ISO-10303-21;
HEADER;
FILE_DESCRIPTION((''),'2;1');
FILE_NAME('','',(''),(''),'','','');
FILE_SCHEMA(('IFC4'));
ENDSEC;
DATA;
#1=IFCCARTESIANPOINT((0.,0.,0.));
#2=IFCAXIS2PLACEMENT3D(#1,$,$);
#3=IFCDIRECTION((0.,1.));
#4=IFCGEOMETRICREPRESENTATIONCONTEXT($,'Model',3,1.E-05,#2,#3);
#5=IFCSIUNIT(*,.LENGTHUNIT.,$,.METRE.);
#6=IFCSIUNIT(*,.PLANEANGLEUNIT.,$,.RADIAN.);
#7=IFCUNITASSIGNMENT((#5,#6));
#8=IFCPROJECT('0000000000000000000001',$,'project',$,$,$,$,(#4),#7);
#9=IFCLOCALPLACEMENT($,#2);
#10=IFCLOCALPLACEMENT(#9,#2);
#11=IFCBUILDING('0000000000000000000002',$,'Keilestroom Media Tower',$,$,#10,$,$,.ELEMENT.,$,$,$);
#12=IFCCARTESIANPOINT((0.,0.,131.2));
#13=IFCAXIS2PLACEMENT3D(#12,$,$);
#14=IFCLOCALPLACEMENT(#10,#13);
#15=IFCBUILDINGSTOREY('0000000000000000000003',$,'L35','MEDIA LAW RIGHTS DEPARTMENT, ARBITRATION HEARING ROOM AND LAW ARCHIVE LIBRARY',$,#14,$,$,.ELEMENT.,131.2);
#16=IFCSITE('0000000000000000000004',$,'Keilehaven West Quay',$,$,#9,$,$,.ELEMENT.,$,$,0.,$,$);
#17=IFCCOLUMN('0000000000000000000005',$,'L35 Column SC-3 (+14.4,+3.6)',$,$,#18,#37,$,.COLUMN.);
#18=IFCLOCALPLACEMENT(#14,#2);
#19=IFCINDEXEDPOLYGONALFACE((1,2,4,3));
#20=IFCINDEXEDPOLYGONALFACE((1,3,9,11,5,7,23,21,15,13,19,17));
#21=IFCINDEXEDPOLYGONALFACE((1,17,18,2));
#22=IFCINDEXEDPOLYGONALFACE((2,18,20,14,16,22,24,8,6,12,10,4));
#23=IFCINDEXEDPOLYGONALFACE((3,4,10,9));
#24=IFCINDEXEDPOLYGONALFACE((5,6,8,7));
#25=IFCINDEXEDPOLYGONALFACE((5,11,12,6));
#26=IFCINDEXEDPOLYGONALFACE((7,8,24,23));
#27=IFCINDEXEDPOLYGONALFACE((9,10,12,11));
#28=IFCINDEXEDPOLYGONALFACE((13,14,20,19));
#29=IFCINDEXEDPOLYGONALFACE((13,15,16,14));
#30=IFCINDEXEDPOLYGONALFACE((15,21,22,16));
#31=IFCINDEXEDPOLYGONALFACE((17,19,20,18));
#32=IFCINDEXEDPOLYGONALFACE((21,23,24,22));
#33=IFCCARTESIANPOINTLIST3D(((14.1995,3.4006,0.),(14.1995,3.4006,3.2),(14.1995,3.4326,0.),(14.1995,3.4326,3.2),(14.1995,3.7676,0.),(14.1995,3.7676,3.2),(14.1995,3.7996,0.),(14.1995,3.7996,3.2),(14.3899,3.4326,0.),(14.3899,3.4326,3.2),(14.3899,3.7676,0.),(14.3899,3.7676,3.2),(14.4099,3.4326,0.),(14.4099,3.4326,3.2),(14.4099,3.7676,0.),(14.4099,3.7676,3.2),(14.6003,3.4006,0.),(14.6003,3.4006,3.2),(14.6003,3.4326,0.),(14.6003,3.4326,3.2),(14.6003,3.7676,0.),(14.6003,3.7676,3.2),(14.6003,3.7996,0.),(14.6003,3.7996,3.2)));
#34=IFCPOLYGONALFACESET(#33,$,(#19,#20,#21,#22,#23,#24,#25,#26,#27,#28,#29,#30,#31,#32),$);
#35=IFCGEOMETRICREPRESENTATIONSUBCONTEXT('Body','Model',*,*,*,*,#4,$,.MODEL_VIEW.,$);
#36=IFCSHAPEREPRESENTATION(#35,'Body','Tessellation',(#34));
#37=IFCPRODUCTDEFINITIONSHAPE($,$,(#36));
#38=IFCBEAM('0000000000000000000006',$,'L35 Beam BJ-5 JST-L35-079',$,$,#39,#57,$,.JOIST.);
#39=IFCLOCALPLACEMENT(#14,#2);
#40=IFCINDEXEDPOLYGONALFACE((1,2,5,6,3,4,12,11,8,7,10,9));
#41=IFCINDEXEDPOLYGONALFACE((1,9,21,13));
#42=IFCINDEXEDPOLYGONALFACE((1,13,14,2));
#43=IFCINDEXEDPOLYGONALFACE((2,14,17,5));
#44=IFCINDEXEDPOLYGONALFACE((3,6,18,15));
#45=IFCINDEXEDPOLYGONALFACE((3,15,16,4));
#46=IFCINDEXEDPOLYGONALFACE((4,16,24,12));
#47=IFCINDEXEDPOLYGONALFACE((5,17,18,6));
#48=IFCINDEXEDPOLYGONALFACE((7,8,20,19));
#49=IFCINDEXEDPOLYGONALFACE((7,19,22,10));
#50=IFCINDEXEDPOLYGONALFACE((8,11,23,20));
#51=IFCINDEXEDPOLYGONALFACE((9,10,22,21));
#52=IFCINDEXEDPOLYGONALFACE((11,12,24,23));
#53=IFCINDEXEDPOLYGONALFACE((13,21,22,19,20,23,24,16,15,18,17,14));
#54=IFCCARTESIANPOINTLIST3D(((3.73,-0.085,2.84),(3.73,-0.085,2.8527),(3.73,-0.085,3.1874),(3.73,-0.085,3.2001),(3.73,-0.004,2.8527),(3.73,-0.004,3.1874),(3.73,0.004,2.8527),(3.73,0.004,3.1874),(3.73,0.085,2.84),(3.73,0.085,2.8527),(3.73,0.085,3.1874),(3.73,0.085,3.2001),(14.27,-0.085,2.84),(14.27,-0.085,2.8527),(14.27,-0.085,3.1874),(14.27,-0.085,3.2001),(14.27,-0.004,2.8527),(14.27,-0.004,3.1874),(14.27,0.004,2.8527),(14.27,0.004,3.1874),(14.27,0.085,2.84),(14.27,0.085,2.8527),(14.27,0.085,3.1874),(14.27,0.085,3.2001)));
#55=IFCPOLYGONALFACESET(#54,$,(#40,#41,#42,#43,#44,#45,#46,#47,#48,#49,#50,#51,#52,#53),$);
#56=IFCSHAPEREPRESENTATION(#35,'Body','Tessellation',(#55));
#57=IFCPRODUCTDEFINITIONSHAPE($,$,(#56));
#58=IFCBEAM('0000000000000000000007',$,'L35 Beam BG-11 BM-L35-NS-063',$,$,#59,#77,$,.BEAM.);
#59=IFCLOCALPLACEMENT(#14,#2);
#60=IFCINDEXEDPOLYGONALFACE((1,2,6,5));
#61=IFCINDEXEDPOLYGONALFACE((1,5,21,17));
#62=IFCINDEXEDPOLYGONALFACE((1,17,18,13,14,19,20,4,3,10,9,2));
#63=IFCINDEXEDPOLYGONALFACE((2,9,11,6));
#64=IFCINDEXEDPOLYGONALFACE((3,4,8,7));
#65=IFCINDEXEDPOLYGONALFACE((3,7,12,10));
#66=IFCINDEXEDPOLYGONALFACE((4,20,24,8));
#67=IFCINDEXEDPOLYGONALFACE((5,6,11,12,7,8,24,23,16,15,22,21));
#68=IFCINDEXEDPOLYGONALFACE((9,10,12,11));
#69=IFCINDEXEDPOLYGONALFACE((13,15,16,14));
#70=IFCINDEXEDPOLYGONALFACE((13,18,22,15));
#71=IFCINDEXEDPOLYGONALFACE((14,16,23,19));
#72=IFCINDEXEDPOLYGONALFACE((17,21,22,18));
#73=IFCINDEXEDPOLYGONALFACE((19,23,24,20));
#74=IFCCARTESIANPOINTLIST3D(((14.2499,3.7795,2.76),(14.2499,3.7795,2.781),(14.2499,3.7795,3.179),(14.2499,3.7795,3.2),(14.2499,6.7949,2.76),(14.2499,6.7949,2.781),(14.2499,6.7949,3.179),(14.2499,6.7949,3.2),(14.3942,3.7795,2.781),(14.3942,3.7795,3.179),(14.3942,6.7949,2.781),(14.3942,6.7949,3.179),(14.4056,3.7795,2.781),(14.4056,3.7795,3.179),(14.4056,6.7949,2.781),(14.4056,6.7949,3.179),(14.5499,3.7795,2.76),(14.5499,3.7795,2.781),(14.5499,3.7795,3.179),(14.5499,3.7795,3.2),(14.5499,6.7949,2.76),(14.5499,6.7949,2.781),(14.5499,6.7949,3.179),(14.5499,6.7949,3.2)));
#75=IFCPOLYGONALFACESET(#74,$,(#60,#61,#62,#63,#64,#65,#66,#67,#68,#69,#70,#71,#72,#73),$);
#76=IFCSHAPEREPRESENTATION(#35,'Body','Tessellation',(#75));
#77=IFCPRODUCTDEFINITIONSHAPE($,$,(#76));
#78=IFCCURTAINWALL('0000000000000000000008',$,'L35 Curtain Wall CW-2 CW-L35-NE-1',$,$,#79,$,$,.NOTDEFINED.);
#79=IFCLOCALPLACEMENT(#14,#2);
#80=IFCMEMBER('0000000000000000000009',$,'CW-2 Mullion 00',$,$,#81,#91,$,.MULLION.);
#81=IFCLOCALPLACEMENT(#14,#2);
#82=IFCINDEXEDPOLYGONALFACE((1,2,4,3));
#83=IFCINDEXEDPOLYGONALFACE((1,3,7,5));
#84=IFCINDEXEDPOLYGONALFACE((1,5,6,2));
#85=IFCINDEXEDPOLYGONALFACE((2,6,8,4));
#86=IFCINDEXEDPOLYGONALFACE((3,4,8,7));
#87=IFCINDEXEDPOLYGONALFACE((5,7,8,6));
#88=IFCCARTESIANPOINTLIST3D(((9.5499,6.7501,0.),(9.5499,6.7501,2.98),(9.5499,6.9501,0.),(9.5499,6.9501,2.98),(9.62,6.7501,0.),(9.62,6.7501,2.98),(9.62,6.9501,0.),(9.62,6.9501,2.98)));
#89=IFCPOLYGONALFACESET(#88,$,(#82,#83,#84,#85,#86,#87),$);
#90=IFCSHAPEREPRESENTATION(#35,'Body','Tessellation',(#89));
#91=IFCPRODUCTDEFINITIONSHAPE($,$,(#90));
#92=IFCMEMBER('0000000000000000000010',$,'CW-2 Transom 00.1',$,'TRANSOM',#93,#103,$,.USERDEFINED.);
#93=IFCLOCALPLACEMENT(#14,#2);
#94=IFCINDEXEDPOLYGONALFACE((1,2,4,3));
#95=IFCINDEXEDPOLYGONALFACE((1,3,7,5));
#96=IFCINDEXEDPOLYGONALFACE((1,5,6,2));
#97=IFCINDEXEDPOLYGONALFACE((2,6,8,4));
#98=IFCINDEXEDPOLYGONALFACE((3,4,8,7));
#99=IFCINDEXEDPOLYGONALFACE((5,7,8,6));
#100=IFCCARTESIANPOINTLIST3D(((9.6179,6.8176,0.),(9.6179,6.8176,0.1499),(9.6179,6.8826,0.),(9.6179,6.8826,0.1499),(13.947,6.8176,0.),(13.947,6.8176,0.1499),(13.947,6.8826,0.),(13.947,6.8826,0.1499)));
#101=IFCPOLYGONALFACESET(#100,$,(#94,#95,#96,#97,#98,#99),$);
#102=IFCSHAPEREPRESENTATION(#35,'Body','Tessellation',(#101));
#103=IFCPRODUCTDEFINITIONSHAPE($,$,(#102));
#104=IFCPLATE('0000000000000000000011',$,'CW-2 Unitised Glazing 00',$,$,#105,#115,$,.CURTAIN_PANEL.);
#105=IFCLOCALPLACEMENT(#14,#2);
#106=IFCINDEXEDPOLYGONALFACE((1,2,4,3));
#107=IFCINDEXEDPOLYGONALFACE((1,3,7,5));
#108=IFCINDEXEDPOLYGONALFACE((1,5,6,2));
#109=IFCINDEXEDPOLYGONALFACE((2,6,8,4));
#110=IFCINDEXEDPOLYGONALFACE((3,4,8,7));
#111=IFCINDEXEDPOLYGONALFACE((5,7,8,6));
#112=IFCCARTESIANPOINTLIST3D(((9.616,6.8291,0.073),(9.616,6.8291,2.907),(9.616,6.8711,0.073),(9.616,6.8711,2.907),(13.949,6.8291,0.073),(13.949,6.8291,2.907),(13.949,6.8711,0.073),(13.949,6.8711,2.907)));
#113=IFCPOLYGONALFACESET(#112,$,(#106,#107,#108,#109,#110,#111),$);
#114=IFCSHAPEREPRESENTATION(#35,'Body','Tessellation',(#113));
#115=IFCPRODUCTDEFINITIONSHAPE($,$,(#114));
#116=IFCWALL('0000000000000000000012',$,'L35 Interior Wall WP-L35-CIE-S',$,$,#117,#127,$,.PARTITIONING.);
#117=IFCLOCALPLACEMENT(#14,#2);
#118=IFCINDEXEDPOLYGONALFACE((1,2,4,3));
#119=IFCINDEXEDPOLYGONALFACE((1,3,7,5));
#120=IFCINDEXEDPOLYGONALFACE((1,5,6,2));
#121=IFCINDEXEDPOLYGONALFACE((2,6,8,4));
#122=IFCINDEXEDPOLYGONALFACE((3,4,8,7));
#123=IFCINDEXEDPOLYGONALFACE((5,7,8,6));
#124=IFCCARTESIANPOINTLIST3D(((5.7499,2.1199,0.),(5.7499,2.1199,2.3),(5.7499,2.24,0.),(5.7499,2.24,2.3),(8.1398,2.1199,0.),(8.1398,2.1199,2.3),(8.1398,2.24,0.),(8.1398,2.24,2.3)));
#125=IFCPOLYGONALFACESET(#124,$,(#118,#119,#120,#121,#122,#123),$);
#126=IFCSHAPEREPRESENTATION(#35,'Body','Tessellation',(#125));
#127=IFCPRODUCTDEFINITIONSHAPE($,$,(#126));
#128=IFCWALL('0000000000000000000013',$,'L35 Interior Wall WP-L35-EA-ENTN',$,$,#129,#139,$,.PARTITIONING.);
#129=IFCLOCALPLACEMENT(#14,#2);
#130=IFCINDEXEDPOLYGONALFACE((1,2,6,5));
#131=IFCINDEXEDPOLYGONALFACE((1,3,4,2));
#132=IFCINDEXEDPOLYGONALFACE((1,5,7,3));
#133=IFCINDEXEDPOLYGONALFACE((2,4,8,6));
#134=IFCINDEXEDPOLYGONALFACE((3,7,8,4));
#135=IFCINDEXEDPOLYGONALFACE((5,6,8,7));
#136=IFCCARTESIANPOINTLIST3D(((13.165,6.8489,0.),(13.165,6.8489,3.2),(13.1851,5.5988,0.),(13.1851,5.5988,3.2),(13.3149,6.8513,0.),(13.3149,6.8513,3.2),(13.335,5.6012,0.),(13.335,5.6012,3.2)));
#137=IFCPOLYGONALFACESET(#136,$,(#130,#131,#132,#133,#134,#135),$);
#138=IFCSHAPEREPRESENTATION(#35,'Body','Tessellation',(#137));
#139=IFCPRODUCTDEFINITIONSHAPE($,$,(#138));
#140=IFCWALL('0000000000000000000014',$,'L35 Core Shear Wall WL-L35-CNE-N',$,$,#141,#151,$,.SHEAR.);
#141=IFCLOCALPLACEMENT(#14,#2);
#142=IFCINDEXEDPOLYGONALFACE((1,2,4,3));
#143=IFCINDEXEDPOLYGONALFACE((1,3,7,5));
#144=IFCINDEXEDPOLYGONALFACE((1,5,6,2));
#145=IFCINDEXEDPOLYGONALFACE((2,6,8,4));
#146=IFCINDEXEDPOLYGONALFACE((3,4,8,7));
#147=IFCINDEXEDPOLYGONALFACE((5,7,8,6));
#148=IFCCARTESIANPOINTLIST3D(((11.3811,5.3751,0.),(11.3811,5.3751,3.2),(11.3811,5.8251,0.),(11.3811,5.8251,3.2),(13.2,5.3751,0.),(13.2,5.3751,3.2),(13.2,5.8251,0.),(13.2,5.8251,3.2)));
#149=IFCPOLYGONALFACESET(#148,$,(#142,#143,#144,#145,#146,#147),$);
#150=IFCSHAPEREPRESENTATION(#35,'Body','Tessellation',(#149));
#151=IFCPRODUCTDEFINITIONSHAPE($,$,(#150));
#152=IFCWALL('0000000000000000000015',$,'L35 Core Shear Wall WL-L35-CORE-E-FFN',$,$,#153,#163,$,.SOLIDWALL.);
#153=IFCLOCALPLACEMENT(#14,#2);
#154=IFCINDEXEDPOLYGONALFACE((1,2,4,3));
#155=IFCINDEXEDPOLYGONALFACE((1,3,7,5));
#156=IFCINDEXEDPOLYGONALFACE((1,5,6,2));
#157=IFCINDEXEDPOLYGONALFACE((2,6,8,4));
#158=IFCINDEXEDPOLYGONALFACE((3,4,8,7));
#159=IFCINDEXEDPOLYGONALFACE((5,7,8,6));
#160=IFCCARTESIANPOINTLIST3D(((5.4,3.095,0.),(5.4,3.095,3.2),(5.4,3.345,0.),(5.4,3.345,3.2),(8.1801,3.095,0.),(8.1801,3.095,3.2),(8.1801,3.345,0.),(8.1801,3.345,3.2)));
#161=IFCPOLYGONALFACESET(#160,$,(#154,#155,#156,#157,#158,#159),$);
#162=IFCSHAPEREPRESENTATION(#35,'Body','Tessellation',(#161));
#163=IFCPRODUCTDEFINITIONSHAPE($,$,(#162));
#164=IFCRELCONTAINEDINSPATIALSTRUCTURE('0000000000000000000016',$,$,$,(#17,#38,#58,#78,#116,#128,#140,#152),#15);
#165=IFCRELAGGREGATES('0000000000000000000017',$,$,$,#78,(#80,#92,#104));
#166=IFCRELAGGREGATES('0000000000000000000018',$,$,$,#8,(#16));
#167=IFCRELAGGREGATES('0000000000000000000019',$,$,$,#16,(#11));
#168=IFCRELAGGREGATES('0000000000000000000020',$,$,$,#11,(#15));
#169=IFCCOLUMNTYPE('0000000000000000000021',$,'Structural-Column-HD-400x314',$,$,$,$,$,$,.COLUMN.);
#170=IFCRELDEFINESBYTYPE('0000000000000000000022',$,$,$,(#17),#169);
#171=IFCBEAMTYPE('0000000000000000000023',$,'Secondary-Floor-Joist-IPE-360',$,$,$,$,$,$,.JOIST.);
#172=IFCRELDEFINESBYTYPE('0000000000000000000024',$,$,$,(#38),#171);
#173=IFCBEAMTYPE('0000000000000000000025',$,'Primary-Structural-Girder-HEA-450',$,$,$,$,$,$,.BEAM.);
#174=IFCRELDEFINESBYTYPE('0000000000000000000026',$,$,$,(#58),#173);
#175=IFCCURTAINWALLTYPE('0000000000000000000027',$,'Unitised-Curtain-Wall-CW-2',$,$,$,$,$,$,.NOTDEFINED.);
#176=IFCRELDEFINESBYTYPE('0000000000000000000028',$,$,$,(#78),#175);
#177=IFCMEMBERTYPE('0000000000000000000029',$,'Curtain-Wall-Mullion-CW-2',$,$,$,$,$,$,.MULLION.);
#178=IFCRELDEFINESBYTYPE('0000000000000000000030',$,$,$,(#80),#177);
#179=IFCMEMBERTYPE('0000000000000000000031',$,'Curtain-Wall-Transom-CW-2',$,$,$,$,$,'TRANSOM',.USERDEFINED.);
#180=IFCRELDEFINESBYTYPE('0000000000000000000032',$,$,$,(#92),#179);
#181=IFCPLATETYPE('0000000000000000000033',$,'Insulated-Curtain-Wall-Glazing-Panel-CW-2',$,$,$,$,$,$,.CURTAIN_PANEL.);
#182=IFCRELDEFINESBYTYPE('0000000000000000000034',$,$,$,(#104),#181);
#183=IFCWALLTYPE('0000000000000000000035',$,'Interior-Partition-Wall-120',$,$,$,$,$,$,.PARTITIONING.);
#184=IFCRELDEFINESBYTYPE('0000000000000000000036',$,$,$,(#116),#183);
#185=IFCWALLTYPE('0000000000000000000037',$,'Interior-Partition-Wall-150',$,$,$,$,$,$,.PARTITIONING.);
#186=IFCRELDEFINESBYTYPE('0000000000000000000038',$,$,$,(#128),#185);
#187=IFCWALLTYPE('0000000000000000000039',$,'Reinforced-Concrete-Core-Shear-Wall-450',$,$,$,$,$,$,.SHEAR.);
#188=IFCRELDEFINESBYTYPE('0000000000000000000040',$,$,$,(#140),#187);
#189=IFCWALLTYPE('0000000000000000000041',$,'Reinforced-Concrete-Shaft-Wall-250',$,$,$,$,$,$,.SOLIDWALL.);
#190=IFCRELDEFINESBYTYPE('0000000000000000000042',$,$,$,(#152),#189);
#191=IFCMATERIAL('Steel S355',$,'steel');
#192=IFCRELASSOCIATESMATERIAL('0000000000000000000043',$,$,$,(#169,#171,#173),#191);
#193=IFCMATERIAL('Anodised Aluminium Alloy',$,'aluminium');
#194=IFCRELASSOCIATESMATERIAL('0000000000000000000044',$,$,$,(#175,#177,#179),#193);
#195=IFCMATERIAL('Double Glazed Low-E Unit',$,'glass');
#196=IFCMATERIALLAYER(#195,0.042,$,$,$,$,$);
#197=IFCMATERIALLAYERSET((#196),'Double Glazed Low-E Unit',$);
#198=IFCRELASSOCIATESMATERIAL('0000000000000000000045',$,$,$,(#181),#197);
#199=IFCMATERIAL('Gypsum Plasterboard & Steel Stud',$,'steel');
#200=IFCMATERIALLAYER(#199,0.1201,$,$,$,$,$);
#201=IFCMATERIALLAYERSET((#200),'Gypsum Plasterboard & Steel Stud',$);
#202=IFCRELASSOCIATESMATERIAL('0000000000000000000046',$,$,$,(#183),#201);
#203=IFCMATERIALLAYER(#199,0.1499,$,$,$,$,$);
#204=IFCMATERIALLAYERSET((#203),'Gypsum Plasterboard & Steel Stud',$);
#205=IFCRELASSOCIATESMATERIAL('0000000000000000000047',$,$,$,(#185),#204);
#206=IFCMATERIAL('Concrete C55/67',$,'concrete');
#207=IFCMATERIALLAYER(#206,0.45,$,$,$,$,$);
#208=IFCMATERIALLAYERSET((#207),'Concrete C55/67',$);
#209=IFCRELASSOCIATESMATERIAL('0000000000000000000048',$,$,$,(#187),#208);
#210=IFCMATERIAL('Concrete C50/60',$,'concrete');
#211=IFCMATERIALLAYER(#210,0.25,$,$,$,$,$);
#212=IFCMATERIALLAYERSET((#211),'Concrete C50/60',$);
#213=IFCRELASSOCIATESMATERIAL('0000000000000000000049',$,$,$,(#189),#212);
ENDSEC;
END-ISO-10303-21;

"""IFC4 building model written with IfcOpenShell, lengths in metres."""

from ifc_helpers import new_model, si_unit, direction, frame, frame_2d, origin, origin_2d, place, context, subcontext, project, spatial, rectangle, i_section, extrude, source, transform, mapped, material, layer, layer_set, material_profile, profile_set, type_object, element, aggregate, save


model = new_model("IFC4")

# Units and contexts
model_context = context("Model", 3, precision=1e-05, world=origin(), true_north=direction((0.0, 1.0)))
body_context = subcontext(model_context, "Body", "Model", "MODEL_VIEW")
ifc_project = project(units=[si_unit("LENGTHUNIT", "METRE"), si_unit("PLANEANGLEUNIT", "RADIAN")], contexts=[model_context])

# Site, building, storey
site_placement = place(None, origin())
site = spatial("IfcSite", under=ifc_project, at=site_placement, Name="Keilehaven West Quay", CompositionType="ELEMENT", RefElevation=0.0)
building_placement = place(site_placement, origin())
building = spatial("IfcBuilding", under=site, at=building_placement, Name="Keilestroom Media Tower", CompositionType="ELEMENT")
storey_placement = place(building_placement, frame((0.0, 0.0, 131.2)))
storey = spatial("IfcBuildingStorey", under=building, at=storey_placement, Name="L35", Description="MEDIA LAW RIGHTS DEPARTMENT, ARBITRATION HEARING ROOM AND LAW ARCHIVE LIBRARY", CompositionType="ELEMENT", Elevation=131.2)

# Column
ifc_material_1 = material(Name="Steel S355", Category="steel")
ifc_material_profile_1 = material_profile(ifc_material_1, i_section(OverallWidth=0.4009, OverallDepth=0.3989, WebThickness=0.02, FlangeThickness=0.032, at=origin_2d()), Name="HD 400x314")
ifc_profile_set_1 = profile_set([ifc_material_profile_1], Name="Steel S355")
column_type = type_object("IfcColumnType", Name="Structural-Column-HD-400x314", PredefinedType="COLUMN", material=ifc_profile_set_1)
shared_shape_1 = source(origin(), body_context, "Body", "SweptSolid", [
    extrude(i_section(OverallWidth=0.4009, OverallDepth=0.3989, WebThickness=0.02, FlangeThickness=0.032, at=origin_2d()), origin(), (0.0, 0.0, 1.0), 3.2),
])
column_placement = place(storey_placement, frame((14.3999, 3.6001, 0.0), z_axis=(0.0, 0.0, 1.0), x_axis=(1.0, 0.0, 0.0)))
element("IfcColumn", 1, at=column_placement, inside=storey, type_object=column_type, Name="L35 Column SC-3 (+14.4,+3.6)", PredefinedType="COLUMN", context=body_context, shape_type="MappedRepresentation", body=[
    mapped(shared_shape_1, transform((0.0, 0.0, 0.0), x_axis=(1.0, 0.0, 0.0), y_axis=(0.0, 1.0, 0.0), z_axis=(0.0, 0.0, 1.0), scale=1.0)),
])

# Beams
ifc_material_profile_2 = material_profile(ifc_material_1, i_section(OverallWidth=0.1699, OverallDepth=0.3601, WebThickness=0.0081, FlangeThickness=0.0127, at=origin_2d()), Name="IPE 360")
ifc_profile_set_2 = profile_set([ifc_material_profile_2], Name="Steel S355")
beam_type_1 = type_object("IfcBeamType", Name="Secondary-Floor-Joist-IPE-360", PredefinedType="JOIST", material=ifc_profile_set_2)
shared_shape_2 = source(origin(), body_context, "Body", "SweptSolid", [
    extrude(i_section(OverallWidth=0.1699, OverallDepth=0.3601, WebThickness=0.0081, FlangeThickness=0.0127, at=origin_2d()), origin(), (0.0, 0.0, 1.0), 10.54),
])
beam_1_placement = place(storey_placement, frame((3.73, 0.0, 3.02), z_axis=(1.0, 0.0, 0.0), x_axis=(0.0, 1.0, 0.0)))
element("IfcBeam", 2, at=beam_1_placement, inside=storey, type_object=beam_type_1, Name="L35 Beam BJ-5 JST-L35-079", PredefinedType="JOIST", context=body_context, shape_type="MappedRepresentation", body=[
    mapped(shared_shape_2, transform((0.0, 0.0, 0.0), x_axis=(1.0, 0.0, 0.0), y_axis=(0.0, 1.0, 0.0), z_axis=(0.0, 0.0, 1.0), scale=1.0)),
])
ifc_material_profile_3 = material_profile(ifc_material_1, i_section(OverallWidth=0.3, OverallDepth=0.4399, WebThickness=0.0115, FlangeThickness=0.021, at=origin_2d()), Name="HEA 450")
ifc_profile_set_3 = profile_set([ifc_material_profile_3], Name="Steel S355")
beam_type_2 = type_object("IfcBeamType", Name="Primary-Structural-Girder-HEA-450", PredefinedType="BEAM", material=ifc_profile_set_3)
shared_shape_3 = source(origin(), body_context, "Body", "SweptSolid", [
    extrude(i_section(OverallWidth=0.3, OverallDepth=0.4399, WebThickness=0.0115, FlangeThickness=0.021, at=origin_2d()), origin(), (0.0, 0.0, 1.0), 3.0154),
])
beam_2_placement = place(storey_placement, frame((14.3999, 3.7795, 2.98), z_axis=(0.0, 1.0, 0.0), x_axis=(-1.0, 0.0, 0.0)))
element("IfcBeam", 3, at=beam_2_placement, inside=storey, type_object=beam_type_2, Name="L35 Beam BG-11 BM-L35-NS-063", PredefinedType="BEAM", context=body_context, shape_type="MappedRepresentation", body=[
    mapped(shared_shape_3, transform((0.0, 0.0, 0.0), x_axis=(1.0, 0.0, 0.0), y_axis=(0.0, 1.0, 0.0), z_axis=(0.0, 0.0, 1.0), scale=1.0)),
])

# Curtain wall, members, plate
ifc_material_2 = material(Name="Anodised Aluminium Alloy", Category="aluminium")
curtain_wall_type = type_object("IfcCurtainWallType", Name="Unitised-Curtain-Wall-CW-2", PredefinedType="NOTDEFINED", material=ifc_material_2)
curtain_wall_placement = place(storey_placement, origin())
curtain_wall = element("IfcCurtainWall", 4, at=curtain_wall_placement, inside=storey, type_object=curtain_wall_type, Name="L35 Curtain Wall CW-2 CW-L35-NE-1", PredefinedType="NOTDEFINED")
ifc_material_profile_4 = material_profile(ifc_material_2, rectangle(XDim=0.0701, YDim=0.2, at=origin_2d()), Name="ALU MULLION 70x200")
ifc_profile_set_4 = profile_set([ifc_material_profile_4], Name="Anodised Aluminium Alloy")
member_type_1 = type_object("IfcMemberType", Name="Curtain-Wall-Mullion-CW-2", PredefinedType="MULLION", material=ifc_profile_set_4)
shared_shape_4 = source(origin(), body_context, "Body", "SweptSolid", [
    extrude(rectangle(XDim=0.0701, YDim=0.2, at=origin_2d()), origin(), (0.0, 0.0, 1.0), 2.98),
])
member_1_placement = place(storey_placement, frame((9.585, 6.8501, 0.0), z_axis=(0.0, 0.0, 1.0), x_axis=(1.0, 0.0, 0.0)))
member_1 = element("IfcMember", 5, at=member_1_placement, type_object=member_type_1, Name="CW-2 Mullion 00", PredefinedType="MULLION", context=body_context, shape_type="MappedRepresentation", body=[
    mapped(shared_shape_4, transform((0.0, 0.0, 0.0), x_axis=(1.0, 0.0, 0.0), y_axis=(0.0, 1.0, 0.0), z_axis=(0.0, 0.0, 1.0), scale=1.0)),
])
ifc_material_profile_5 = material_profile(ifc_material_2, rectangle(XDim=0.0649, YDim=0.1499, at=origin_2d()), Name="ALU TRANSOM 65x150")
ifc_profile_set_5 = profile_set([ifc_material_profile_5], Name="Anodised Aluminium Alloy")
member_type_2 = type_object("IfcMemberType", Name="Curtain-Wall-Transom-CW-2", ElementType="TRANSOM", PredefinedType="USERDEFINED", material=ifc_profile_set_5)
shared_shape_5 = source(origin(), body_context, "Body", "SweptSolid", [
    extrude(rectangle(XDim=0.0649, YDim=0.1499, at=origin_2d()), origin(), (0.0, 0.0, 1.0), 4.3291),
])
member_2_placement = place(storey_placement, frame((9.6179, 6.8501, 0.075), z_axis=(1.0, 0.0, 0.0), x_axis=(0.0, 1.0, 0.0)))
member_2 = element("IfcMember", 6, at=member_2_placement, type_object=member_type_2, Name="CW-2 Transom 00.1", ObjectType="TRANSOM", PredefinedType="USERDEFINED", context=body_context, shape_type="MappedRepresentation", body=[
    mapped(shared_shape_5, transform((0.0, 0.0, 0.0), x_axis=(1.0, 0.0, 0.0), y_axis=(0.0, 1.0, 0.0), z_axis=(0.0, 0.0, 1.0), scale=1.0)),
])
ifc_material_3 = material(Name="Double Glazed Low-E Unit", Category="glass")
ifc_layer_1 = layer(ifc_material_3, 0.042)
ifc_layer_set_1 = layer_set([ifc_layer_1], Name="Double Glazed Low-E Unit")
plate_type = type_object("IfcPlateType", Name="Insulated-Curtain-Wall-Glazing-Panel-CW-2", PredefinedType="CURTAIN_PANEL", material=ifc_layer_set_1)
shared_shape_6 = source(origin(), body_context, "Body", "SweptSolid", [
    extrude(rectangle(XDim=4.333, YDim=0.042, at=origin_2d()), origin(), (0.0, 0.0, 1.0), 2.834),
])
plate_placement = place(storey_placement, frame((11.7825, 6.8501, 0.073), z_axis=(0.0, 0.0, 1.0), x_axis=(1.0, 0.0, 0.0)))
plate = element("IfcPlate", 7, at=plate_placement, type_object=plate_type, Name="CW-2 Unitised Glazing 00", PredefinedType="CURTAIN_PANEL", context=body_context, shape_type="MappedRepresentation", body=[
    mapped(shared_shape_6, transform((0.0, 0.0, 0.0), x_axis=(1.0, 0.0, 0.0), y_axis=(0.0, 1.0, 0.0), z_axis=(0.0, 0.0, 1.0), scale=1.0)),
])
aggregate(curtain_wall, [member_1, member_2, plate])

# Walls
ifc_material_4 = material(Name="Gypsum Plasterboard & Steel Stud", Category="steel")
ifc_layer_2 = layer(ifc_material_4, 0.1201)
ifc_layer_set_2 = layer_set([ifc_layer_2], Name="Gypsum Plasterboard & Steel Stud")
wall_type_1 = type_object("IfcWallType", Name="Interior-Partition-Wall-120", PredefinedType="PARTITIONING", material=ifc_layer_set_2)
wall_1_placement = place(storey_placement, frame((5.75, 2.1799, 0.0), z_axis=(0.0, 0.0, 1.0), x_axis=(1.0, 0.0, 0.0)))
element("IfcWall", 8, at=wall_1_placement, inside=storey, type_object=wall_type_1, Name="L35 Interior Wall WP-L35-CIE-S", PredefinedType="PARTITIONING", context=body_context, shape_type="SweptSolid", body=[
    extrude(rectangle(XDim=2.3899, YDim=0.1201, at=frame_2d((1.1948, 0.0))), origin(), (0.0, 0.0, 1.0), 2.3),
])
ifc_layer_3 = layer(ifc_material_4, 0.1499)
ifc_layer_set_3 = layer_set([ifc_layer_3], Name="Gypsum Plasterboard & Steel Stud")
wall_type_2 = type_object("IfcWallType", Name="Interior-Partition-Wall-150", PredefinedType="PARTITIONING", material=ifc_layer_set_3)
wall_2_placement = place(storey_placement, frame((13.26, 5.6001, 0.0), z_axis=(0.0, 0.0, 1.0), x_axis=(-0.016014, 0.999872, 0.0)))
element("IfcWall", 9, at=wall_2_placement, inside=storey, type_object=wall_type_2, Name="L35 Interior Wall WP-L35-EA-ENTN", PredefinedType="PARTITIONING", context=body_context, shape_type="SweptSolid", body=[
    extrude(rectangle(XDim=1.2502, YDim=0.1499, at=frame_2d((0.625, 0.0))), origin(), (0.0, 0.0, 1.0), 3.2),
])
ifc_material_5 = material(Name="Concrete C55/67", Category="concrete")
ifc_layer_4 = layer(ifc_material_5, 0.45)
ifc_layer_set_4 = layer_set([ifc_layer_4], Name="Concrete C55/67")
wall_type_3 = type_object("IfcWallType", Name="Reinforced-Concrete-Core-Shear-Wall-450", PredefinedType="SHEAR", material=ifc_layer_set_4)
wall_3_placement = place(storey_placement, frame((11.3811, 5.6001, 0.0), z_axis=(0.0, 0.0, 1.0), x_axis=(1.0, 0.0, 0.0)))
element("IfcWall", 10, at=wall_3_placement, inside=storey, type_object=wall_type_3, Name="L35 Core Shear Wall WL-L35-CNE-N", PredefinedType="SHEAR", context=body_context, shape_type="SweptSolid", body=[
    extrude(rectangle(XDim=1.8188, YDim=0.45, at=frame_2d((0.9094, 0.0))), origin(), (0.0, 0.0, 1.0), 3.2),
])
ifc_material_6 = material(Name="Concrete C50/60", Category="concrete")
ifc_layer_5 = layer(ifc_material_6, 0.25)
ifc_layer_set_5 = layer_set([ifc_layer_5], Name="Concrete C50/60")
wall_type_4 = type_object("IfcWallType", Name="Reinforced-Concrete-Shaft-Wall-250", PredefinedType="SOLIDWALL", material=ifc_layer_set_5)
wall_4_placement = place(storey_placement, frame((5.3999, 3.22, 0.0), z_axis=(0.0, 0.0, 1.0), x_axis=(1.0, 0.0, 0.0)))
element("IfcWall", 11, at=wall_4_placement, inside=storey, type_object=wall_type_4, Name="L35 Core Shear Wall WL-L35-CORE-E-FFN", PredefinedType="SOLIDWALL", context=body_context, shape_type="SweptSolid", body=[
    extrude(rectangle(XDim=2.78, YDim=0.25, at=frame_2d((1.3901, 0.0))), origin(), (0.0, 0.0, 1.0), 3.2),
])

save(model, "model.ifc")
